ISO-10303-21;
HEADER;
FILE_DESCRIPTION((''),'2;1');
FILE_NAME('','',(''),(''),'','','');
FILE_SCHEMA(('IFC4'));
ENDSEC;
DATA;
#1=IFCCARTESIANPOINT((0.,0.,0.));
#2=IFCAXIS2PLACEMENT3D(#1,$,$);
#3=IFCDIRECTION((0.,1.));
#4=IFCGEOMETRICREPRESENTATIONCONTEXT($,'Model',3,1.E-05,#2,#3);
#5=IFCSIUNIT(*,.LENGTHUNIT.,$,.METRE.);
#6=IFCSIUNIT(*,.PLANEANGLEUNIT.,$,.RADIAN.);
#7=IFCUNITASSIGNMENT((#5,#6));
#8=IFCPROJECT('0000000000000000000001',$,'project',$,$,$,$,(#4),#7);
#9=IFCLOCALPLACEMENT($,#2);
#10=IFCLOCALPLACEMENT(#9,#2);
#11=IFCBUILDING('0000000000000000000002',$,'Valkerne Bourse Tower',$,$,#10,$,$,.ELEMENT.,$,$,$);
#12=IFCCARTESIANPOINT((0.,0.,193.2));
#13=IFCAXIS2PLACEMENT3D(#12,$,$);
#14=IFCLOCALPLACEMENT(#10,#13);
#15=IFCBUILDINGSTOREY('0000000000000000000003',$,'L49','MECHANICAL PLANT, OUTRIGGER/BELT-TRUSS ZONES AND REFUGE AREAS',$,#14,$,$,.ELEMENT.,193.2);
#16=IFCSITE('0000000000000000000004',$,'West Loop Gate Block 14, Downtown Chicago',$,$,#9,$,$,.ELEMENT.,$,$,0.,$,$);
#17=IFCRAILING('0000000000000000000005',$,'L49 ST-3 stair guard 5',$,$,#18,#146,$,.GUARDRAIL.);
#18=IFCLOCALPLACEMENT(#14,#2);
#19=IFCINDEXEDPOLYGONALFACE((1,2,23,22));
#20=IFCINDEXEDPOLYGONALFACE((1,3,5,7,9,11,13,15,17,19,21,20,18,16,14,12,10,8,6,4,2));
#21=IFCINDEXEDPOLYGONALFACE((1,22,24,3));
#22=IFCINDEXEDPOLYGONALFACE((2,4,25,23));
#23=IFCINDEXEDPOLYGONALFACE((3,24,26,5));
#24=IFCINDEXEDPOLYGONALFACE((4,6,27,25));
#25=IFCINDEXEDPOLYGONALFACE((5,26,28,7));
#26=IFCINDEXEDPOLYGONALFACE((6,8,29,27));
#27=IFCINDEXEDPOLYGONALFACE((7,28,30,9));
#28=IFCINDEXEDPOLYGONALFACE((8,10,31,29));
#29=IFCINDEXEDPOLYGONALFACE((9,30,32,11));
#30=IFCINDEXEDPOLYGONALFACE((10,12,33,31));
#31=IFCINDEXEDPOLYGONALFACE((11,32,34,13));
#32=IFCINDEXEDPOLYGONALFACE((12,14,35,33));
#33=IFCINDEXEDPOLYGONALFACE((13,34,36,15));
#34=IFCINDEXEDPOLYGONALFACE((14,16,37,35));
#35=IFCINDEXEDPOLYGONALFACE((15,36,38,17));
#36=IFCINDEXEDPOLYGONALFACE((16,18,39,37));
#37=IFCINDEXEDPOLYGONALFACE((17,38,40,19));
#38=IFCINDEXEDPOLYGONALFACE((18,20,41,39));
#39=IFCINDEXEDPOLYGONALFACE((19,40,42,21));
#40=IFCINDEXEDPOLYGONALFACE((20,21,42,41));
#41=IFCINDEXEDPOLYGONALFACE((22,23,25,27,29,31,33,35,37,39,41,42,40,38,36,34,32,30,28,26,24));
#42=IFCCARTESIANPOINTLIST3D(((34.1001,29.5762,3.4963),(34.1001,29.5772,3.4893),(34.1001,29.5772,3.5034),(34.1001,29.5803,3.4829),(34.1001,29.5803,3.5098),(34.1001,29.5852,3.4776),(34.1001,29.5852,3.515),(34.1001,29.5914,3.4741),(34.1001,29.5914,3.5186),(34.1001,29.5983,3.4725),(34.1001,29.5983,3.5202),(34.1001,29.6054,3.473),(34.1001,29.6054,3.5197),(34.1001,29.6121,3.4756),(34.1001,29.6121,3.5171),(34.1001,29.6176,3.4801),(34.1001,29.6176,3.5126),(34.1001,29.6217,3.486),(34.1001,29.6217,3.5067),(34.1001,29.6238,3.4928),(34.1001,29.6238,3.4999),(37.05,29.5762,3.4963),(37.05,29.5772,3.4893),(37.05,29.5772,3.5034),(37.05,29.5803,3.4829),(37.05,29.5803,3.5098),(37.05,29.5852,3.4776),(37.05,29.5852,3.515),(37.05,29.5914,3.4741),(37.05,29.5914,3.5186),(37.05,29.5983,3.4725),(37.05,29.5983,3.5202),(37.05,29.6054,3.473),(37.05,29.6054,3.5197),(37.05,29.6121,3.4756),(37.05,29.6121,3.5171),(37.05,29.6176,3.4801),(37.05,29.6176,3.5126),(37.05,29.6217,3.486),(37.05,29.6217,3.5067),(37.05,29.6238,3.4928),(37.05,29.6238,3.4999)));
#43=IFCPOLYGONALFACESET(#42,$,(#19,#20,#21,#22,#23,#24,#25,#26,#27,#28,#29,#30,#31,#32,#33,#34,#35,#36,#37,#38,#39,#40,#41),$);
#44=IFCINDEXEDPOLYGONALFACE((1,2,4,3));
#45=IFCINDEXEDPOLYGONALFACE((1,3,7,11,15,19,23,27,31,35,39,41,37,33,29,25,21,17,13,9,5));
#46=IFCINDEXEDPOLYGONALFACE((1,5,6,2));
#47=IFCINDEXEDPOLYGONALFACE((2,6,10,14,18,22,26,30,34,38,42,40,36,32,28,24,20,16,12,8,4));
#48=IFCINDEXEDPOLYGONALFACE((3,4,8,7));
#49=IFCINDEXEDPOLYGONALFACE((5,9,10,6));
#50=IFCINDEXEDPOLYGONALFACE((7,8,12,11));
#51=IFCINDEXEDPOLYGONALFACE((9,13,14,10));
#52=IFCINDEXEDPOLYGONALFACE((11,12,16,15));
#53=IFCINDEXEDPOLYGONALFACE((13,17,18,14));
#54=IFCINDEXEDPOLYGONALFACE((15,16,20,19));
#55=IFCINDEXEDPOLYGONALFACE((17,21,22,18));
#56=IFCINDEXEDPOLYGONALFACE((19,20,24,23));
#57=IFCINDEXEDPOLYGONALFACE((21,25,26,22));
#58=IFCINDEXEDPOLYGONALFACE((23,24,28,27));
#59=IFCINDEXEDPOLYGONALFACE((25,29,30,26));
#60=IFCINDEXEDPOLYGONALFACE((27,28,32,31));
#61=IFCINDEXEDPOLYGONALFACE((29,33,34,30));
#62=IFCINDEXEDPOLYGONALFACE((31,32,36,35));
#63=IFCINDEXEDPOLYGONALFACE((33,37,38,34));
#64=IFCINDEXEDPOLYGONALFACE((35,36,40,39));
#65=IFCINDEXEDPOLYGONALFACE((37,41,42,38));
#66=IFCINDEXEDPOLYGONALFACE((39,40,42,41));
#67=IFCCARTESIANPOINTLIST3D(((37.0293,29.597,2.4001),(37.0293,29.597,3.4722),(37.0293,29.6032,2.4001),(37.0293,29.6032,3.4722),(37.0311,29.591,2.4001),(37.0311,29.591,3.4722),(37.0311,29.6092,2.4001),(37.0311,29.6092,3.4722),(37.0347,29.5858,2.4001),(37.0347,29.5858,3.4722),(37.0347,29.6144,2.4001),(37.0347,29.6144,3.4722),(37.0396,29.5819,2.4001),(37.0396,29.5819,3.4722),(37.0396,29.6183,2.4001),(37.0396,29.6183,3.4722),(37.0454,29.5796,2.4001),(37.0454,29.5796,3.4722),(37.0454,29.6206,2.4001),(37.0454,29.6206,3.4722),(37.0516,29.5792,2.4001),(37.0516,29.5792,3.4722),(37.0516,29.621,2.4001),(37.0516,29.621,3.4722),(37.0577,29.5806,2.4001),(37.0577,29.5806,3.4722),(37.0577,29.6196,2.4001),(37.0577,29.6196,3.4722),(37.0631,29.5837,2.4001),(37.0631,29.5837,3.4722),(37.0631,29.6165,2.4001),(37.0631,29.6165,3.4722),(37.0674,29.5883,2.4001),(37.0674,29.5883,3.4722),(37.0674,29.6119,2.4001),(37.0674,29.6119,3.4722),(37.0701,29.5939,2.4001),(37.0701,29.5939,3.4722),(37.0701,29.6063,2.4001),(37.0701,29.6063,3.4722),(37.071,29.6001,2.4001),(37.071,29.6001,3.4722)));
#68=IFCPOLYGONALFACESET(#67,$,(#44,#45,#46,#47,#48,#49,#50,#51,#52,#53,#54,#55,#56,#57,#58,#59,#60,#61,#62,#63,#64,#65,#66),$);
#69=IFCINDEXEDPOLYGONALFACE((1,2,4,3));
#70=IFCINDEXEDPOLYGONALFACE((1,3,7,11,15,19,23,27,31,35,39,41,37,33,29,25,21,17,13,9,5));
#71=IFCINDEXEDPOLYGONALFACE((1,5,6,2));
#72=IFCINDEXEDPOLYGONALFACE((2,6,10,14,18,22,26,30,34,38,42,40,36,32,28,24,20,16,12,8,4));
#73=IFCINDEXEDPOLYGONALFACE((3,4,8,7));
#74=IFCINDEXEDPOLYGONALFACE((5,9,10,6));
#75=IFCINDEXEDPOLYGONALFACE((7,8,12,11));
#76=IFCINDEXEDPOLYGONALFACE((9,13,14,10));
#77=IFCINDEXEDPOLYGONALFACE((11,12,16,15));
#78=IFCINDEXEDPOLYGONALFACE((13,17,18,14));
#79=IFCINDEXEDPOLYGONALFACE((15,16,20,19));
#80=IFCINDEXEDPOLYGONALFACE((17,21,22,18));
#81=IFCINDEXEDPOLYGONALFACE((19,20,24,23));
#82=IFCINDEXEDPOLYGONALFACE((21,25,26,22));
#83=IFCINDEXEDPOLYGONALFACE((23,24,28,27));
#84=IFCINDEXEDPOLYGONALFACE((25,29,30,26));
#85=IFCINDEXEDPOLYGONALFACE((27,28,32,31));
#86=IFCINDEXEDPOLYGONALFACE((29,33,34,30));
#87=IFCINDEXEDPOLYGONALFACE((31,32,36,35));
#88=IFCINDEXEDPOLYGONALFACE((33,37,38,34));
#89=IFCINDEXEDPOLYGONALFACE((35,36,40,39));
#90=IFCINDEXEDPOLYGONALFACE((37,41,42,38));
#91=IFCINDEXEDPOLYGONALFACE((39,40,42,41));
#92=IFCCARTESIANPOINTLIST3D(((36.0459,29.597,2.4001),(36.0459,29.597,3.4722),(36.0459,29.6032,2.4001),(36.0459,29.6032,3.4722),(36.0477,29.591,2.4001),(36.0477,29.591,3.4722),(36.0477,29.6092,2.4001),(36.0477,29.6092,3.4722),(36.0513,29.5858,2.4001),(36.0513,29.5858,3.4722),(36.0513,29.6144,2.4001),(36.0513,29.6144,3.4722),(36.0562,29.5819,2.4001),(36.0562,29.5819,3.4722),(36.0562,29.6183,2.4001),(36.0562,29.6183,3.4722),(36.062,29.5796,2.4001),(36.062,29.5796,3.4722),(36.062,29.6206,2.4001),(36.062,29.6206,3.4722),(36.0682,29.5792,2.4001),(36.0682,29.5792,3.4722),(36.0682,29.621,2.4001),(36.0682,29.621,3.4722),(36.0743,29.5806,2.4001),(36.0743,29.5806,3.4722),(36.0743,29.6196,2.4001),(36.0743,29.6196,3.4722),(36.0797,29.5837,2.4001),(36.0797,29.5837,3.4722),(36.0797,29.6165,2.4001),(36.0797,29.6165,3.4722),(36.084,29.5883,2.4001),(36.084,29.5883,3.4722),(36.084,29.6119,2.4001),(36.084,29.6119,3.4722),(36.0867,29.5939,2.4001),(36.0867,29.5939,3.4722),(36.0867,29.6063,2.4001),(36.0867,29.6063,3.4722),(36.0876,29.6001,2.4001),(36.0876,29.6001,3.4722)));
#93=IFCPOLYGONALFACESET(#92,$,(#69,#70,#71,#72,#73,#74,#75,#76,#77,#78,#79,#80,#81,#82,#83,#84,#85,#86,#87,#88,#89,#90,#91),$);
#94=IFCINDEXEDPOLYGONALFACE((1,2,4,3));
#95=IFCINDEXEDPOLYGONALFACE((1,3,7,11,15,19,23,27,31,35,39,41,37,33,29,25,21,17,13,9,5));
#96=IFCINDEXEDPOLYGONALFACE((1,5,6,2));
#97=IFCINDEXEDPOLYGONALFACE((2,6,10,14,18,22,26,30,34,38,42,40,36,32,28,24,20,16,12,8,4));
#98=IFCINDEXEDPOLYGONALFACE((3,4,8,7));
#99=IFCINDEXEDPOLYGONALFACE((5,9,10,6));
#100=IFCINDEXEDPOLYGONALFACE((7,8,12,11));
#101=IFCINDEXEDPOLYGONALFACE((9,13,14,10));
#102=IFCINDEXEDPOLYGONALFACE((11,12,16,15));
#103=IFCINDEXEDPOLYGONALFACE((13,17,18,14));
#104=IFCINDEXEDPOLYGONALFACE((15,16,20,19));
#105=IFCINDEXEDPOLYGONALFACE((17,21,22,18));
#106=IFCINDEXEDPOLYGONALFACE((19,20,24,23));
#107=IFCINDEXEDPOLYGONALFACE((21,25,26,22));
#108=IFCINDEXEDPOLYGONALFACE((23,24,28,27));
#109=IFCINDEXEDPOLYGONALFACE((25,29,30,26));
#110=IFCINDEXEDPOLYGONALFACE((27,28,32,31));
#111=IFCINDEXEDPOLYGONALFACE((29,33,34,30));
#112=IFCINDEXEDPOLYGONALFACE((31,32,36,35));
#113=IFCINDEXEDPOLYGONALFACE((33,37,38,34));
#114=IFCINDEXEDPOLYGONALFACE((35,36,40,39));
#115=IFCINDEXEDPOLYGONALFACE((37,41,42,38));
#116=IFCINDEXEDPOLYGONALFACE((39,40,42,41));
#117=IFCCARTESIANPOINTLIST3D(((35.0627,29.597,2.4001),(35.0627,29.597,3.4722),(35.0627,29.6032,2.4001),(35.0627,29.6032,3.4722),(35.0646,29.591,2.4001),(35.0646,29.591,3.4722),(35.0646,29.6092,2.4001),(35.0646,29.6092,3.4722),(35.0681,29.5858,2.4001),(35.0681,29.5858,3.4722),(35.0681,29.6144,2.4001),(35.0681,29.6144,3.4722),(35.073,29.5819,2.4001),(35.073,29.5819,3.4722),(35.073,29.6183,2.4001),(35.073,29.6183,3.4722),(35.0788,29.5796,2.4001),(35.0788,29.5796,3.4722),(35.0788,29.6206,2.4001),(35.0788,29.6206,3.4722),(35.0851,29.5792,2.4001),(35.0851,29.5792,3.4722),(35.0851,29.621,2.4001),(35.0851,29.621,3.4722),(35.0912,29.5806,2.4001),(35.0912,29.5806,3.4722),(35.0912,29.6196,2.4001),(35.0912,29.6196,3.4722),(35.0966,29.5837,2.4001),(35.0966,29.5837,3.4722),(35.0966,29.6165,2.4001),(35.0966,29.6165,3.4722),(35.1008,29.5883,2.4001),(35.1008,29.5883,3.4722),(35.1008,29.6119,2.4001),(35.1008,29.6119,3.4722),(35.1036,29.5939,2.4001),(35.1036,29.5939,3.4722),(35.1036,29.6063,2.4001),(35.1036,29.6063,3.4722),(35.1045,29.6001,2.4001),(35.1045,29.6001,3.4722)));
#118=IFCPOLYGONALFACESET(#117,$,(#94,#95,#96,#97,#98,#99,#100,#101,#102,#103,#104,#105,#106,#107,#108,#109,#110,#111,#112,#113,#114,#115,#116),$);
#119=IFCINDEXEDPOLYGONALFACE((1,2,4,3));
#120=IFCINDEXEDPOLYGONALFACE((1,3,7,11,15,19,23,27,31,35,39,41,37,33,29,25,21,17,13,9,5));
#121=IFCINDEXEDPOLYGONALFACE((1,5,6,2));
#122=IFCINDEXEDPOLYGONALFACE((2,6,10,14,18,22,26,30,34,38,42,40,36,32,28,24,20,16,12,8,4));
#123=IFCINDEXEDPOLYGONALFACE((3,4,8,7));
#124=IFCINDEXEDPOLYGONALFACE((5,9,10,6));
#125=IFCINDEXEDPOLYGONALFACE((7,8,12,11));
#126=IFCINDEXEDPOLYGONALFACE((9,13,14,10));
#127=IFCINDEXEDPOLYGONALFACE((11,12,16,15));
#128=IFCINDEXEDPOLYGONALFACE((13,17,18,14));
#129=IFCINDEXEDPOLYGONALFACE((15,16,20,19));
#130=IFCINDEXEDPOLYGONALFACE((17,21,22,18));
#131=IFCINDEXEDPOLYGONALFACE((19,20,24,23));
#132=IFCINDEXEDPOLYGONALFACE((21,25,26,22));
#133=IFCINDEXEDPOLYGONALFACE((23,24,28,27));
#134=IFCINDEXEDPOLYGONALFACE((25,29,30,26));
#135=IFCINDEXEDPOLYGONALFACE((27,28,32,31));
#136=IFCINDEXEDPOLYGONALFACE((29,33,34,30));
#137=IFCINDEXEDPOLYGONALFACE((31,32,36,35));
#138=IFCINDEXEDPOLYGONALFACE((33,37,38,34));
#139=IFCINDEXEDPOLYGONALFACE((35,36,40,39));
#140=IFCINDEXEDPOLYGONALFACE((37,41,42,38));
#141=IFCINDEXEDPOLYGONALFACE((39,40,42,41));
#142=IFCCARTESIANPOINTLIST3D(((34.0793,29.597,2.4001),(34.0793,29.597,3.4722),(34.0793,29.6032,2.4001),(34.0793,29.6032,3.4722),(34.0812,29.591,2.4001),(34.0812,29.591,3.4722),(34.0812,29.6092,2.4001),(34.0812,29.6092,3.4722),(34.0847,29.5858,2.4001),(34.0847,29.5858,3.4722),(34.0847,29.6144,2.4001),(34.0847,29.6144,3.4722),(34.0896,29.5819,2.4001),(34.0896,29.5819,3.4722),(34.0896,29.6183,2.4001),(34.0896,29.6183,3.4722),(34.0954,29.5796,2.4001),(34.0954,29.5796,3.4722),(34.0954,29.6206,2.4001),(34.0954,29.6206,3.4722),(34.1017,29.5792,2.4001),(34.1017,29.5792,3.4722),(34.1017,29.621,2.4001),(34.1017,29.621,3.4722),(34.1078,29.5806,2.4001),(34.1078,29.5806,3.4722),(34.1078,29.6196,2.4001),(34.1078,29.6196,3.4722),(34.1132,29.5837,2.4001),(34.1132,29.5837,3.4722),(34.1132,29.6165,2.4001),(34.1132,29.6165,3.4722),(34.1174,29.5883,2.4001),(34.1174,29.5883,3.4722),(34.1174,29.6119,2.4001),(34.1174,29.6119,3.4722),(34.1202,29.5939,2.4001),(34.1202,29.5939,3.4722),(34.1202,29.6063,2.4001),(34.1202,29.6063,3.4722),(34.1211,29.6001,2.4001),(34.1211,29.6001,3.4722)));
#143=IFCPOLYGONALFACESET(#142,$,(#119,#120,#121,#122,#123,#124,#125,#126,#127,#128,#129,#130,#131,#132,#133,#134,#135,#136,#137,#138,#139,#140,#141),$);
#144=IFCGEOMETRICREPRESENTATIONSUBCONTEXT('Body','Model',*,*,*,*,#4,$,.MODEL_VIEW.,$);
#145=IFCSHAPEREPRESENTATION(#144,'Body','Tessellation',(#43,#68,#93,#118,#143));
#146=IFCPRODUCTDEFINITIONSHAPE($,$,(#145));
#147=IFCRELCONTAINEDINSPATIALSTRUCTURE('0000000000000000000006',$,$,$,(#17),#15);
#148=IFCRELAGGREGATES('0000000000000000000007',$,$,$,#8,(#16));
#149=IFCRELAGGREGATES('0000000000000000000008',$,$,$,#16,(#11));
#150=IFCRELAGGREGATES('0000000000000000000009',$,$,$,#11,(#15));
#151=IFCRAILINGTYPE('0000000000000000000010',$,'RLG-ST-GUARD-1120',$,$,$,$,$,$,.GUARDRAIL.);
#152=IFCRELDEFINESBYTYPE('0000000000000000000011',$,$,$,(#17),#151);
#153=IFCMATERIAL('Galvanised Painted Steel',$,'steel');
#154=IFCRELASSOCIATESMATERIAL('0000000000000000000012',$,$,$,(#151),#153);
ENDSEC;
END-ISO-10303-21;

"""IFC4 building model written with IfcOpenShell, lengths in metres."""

from ifc_helpers import new_model, si_unit, direction, frame, origin, origin_2d, place, context, subcontext, project, spatial, circle, extrude, material, type_object, element, save


model = new_model("IFC4")

# Units and contexts
model_context = context("Model", 3, precision=1e-05, world=origin(), true_north=direction((0.0, 1.0)))
body_context = subcontext(model_context, "Body", "Model", "MODEL_VIEW")
ifc_project = project(units=[si_unit("LENGTHUNIT", "METRE"), si_unit("PLANEANGLEUNIT", "RADIAN")], contexts=[model_context])

# Site, building, storey
site_placement = place(None, origin())
site = spatial("IfcSite", under=ifc_project, at=site_placement, Name="West Loop Gate Block 14, Downtown Chicago", CompositionType="ELEMENT", RefElevation=0.0)
building_placement = place(site_placement, origin())
building = spatial("IfcBuilding", under=site, at=building_placement, Name="Valkerne Bourse Tower", CompositionType="ELEMENT")
storey_placement = place(building_placement, frame((0.0, 0.0, 193.2)))
storey = spatial("IfcBuildingStorey", under=building, at=storey_placement, Name="L49", Description="MECHANICAL PLANT, OUTRIGGER/BELT-TRUSS ZONES AND REFUGE AREAS", CompositionType="ELEMENT", Elevation=193.2)

# Railing
ifc_material_1 = material(Name="Galvanised Painted Steel", Category="steel")
railing_type_1 = type_object("IfcRailingType", Name="RLG-ST-GUARD-1120", PredefinedType="GUARDRAIL", material=ifc_material_1)
railing_1_placement = place(storey_placement, frame((37.05, 29.6001, 2.4001)))
element("IfcRailing", 1, at=railing_1_placement, inside=storey, type_object=railing_type_1, Name="L49 ST-3 stair guard 5", PredefinedType="GUARDRAIL", context=body_context, shape_type="SweptSolid", body=[
    extrude(circle(Radius=0.0239, at=origin_2d()), frame((0.0, 0.0, 1.0962), z_axis=(-1.0, 0.0, 0.0), x_axis=(0.0, -1.0, 0.0)), (0.0, 0.0, 1.0), 2.95),
    extrude(circle(Radius=0.021, at=origin_2d()), origin(), (0.0, 0.0, 1.0), 1.072),
    extrude(circle(Radius=0.021, at=origin_2d()), frame((-0.9834, 0.0, 0.0)), (0.0, 0.0, 1.0), 1.072),
    extrude(circle(Radius=0.021, at=origin_2d()), frame((-1.9666, 0.0, 0.0)), (0.0, 0.0, 1.0), 1.072),
    extrude(circle(Radius=0.021, at=origin_2d()), frame((-2.95, 0.0, 0.0)), (0.0, 0.0, 1.0), 1.072),
])

save(model, "model.ifc")
